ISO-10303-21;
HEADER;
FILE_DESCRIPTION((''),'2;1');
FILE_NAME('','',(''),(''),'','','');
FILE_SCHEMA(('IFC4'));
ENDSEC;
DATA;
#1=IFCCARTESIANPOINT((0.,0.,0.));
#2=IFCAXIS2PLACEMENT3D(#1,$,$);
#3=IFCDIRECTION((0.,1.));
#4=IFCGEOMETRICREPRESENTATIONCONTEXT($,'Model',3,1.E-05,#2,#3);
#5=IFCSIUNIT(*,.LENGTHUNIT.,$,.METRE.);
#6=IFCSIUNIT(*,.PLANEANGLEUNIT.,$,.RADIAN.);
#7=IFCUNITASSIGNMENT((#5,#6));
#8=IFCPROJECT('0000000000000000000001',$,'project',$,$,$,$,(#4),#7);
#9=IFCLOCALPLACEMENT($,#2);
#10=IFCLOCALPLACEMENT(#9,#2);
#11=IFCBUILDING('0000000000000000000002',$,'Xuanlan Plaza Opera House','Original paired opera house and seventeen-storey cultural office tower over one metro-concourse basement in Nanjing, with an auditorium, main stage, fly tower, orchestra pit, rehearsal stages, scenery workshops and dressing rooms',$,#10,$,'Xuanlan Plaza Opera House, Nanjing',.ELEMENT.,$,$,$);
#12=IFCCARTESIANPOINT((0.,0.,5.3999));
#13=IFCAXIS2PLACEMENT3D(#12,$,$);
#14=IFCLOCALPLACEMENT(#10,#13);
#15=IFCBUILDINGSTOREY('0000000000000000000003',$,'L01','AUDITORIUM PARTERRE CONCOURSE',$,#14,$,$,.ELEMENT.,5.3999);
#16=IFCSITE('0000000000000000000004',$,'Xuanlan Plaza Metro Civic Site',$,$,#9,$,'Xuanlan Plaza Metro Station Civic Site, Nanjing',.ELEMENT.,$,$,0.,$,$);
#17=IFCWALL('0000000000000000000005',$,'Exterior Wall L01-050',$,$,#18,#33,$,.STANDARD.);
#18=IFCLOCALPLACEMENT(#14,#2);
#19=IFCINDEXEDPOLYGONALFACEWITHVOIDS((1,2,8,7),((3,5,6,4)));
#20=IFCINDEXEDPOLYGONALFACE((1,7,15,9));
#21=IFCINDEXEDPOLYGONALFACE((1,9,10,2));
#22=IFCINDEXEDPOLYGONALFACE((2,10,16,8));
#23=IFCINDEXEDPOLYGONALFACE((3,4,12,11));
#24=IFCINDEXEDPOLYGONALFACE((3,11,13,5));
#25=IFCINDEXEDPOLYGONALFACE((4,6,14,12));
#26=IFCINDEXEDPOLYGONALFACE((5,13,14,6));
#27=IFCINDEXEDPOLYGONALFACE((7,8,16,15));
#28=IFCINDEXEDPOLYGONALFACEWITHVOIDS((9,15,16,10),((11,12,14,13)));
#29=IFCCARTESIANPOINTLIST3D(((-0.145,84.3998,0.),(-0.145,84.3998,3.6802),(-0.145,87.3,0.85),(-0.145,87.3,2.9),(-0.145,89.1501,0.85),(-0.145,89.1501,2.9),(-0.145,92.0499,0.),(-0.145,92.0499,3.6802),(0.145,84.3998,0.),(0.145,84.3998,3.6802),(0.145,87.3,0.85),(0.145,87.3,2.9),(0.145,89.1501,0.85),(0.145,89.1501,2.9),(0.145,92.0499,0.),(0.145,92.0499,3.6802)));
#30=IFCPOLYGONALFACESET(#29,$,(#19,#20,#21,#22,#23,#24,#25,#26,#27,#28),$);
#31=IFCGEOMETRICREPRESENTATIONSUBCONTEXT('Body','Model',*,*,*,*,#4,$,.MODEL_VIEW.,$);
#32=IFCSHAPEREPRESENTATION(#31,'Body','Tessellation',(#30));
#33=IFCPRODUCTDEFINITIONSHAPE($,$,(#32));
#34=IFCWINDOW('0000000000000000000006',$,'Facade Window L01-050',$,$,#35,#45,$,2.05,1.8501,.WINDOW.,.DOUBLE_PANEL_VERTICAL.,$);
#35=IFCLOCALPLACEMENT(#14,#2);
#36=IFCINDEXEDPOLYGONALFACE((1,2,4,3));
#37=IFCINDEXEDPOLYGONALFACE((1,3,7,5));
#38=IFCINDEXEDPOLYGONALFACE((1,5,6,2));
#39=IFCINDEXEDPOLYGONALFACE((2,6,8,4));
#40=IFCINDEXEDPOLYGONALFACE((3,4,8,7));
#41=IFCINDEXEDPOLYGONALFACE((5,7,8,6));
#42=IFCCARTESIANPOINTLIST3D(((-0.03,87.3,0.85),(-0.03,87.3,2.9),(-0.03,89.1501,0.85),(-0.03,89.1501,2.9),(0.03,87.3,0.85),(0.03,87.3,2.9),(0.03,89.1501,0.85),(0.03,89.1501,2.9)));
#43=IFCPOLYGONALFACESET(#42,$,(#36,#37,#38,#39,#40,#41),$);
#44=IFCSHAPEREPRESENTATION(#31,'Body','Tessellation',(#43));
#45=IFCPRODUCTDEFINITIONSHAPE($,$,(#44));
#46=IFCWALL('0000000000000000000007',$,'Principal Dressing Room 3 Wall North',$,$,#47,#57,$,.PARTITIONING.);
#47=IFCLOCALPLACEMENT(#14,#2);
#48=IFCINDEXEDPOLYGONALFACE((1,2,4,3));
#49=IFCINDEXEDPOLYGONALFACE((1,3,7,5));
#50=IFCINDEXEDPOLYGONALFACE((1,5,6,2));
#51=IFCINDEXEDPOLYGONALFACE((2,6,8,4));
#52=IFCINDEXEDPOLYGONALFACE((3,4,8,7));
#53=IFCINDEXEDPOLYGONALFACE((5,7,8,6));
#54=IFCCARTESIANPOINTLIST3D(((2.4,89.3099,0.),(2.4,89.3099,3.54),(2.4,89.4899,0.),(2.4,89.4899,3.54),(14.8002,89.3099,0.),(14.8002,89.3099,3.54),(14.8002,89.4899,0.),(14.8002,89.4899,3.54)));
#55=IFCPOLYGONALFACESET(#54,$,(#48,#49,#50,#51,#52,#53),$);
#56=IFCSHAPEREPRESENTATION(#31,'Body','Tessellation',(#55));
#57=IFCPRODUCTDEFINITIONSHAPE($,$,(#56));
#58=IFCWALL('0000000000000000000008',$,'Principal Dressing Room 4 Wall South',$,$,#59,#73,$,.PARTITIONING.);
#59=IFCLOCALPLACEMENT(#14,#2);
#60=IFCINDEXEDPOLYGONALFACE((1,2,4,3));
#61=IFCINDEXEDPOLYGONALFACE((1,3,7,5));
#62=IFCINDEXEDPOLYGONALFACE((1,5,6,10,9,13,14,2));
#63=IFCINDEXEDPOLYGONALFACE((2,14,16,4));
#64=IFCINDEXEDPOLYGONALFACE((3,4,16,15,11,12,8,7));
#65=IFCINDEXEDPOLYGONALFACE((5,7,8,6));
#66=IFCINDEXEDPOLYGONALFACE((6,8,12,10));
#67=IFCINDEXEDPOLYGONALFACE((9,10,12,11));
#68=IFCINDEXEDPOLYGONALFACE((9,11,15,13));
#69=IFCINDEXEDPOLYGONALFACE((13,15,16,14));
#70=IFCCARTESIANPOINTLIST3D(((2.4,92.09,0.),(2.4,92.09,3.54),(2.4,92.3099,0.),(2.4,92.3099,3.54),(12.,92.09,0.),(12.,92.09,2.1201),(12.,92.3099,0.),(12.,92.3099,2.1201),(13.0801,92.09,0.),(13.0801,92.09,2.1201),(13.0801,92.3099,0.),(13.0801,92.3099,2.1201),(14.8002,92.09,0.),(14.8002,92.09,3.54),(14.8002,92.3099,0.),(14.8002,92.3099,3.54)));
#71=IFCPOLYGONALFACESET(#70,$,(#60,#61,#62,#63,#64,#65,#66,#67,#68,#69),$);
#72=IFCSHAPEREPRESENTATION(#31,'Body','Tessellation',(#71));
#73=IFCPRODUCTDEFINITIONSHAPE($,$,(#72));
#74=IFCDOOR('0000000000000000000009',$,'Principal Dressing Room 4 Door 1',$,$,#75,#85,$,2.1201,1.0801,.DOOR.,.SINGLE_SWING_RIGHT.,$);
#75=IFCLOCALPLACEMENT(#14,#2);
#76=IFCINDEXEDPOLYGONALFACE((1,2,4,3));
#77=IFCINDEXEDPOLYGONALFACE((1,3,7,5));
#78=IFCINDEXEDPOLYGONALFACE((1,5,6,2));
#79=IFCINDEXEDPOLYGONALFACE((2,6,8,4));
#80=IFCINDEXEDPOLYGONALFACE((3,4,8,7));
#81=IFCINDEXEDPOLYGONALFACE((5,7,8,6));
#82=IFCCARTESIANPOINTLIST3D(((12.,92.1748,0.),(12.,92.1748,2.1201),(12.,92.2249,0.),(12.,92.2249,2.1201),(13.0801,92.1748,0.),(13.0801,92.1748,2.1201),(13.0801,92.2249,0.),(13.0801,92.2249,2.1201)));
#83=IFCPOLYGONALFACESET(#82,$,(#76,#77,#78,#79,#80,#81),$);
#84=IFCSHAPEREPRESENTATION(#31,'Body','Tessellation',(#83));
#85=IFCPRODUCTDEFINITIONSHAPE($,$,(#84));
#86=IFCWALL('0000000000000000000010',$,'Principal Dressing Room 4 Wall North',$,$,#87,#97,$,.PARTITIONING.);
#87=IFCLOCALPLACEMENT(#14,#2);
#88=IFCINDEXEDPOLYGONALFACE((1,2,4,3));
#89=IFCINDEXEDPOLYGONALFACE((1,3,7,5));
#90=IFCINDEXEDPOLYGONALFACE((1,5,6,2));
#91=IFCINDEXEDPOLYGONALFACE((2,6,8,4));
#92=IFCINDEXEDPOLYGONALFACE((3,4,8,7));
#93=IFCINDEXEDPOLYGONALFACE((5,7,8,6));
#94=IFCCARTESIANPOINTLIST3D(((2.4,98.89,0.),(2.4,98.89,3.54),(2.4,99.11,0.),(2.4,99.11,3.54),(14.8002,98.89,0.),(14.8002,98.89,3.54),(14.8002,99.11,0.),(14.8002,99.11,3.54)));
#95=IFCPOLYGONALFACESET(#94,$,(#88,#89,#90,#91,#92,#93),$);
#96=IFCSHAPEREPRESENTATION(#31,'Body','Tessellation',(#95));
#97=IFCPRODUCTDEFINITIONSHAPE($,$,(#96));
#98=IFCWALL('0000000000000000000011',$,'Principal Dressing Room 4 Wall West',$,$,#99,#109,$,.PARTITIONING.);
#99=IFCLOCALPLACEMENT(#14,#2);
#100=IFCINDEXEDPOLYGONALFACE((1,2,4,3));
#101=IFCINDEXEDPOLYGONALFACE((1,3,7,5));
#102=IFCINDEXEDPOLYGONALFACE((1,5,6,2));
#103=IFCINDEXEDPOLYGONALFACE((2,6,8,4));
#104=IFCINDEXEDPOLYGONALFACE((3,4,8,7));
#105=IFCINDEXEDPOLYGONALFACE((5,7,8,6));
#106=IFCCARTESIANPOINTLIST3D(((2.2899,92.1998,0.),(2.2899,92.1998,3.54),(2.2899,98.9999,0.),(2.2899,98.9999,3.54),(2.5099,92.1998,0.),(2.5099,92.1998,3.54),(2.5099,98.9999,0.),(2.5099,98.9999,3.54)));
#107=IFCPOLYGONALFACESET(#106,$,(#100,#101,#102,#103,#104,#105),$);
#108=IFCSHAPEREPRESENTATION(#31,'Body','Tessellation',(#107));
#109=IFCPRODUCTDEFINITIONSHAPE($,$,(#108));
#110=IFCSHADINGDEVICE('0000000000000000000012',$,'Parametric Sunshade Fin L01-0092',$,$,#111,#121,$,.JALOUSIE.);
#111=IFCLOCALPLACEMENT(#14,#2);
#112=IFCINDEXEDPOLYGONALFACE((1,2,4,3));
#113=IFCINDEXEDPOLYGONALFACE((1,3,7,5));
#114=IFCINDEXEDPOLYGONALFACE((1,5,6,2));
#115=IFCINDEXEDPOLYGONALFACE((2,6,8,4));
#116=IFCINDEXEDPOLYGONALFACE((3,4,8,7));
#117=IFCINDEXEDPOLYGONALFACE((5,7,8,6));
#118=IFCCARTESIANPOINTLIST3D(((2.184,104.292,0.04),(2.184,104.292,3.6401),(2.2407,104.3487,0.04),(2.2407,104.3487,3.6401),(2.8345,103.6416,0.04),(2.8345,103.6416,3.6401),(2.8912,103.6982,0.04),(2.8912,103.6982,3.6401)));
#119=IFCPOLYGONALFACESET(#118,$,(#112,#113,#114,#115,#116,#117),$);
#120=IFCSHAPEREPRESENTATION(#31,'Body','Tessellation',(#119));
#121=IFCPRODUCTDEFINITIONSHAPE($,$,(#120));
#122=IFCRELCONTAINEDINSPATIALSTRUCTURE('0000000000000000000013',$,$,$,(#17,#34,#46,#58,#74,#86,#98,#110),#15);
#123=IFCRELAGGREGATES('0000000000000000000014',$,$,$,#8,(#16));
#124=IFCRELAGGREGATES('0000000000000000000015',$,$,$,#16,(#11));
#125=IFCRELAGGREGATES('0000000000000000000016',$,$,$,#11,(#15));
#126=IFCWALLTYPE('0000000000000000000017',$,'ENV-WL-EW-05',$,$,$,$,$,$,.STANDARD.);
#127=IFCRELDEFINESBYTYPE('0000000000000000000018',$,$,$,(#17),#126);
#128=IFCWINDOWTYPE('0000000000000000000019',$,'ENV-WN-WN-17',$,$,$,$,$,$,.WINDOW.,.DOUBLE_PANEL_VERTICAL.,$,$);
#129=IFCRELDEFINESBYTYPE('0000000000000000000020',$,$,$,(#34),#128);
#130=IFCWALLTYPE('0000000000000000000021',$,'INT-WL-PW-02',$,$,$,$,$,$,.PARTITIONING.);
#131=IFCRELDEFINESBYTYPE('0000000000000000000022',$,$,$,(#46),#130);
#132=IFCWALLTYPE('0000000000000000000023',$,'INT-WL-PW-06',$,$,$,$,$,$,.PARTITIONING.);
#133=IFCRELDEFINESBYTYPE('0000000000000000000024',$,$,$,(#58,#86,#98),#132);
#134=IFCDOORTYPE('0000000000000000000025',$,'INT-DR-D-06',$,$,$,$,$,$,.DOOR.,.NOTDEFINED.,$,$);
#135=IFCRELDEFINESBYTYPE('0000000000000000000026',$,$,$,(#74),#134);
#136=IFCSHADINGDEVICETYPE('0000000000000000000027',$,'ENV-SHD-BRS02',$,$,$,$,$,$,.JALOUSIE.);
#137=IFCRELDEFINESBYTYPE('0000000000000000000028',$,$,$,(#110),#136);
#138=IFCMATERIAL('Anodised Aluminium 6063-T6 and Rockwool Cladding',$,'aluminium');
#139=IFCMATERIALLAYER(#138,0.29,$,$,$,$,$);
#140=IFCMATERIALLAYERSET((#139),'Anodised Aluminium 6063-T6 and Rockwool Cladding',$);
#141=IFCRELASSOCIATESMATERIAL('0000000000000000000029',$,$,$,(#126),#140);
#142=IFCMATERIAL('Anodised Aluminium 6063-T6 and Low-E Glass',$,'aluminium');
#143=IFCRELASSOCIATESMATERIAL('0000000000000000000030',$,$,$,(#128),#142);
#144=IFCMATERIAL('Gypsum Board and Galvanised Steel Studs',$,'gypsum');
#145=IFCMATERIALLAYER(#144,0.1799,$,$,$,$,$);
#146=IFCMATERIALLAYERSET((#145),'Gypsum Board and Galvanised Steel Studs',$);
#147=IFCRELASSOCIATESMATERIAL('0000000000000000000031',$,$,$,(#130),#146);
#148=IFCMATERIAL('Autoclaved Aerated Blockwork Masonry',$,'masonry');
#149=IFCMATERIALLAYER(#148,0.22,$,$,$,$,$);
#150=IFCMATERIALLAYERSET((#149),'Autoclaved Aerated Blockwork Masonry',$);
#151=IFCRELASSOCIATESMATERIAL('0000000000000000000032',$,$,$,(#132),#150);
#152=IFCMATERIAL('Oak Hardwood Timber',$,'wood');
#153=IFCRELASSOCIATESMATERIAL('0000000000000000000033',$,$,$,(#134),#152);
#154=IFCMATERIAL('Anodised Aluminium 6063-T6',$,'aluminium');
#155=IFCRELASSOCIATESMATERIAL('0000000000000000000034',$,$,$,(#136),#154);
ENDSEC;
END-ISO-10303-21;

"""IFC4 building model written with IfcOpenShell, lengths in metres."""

from ifc_helpers import new_model, si_unit, direction, frame, frame_2d, origin, origin_2d, place, context, subcontext, project, spatial, rectangle, extrude, material, layer, layer_set, type_object, element, fill, save


model = new_model("IFC4")

# Units and contexts
model_context = context("Model", 3, precision=1e-05, world=origin(), true_north=direction((0.0, 1.0)))
body_context = subcontext(model_context, "Body", "Model", "MODEL_VIEW")
ifc_project = project(units=[si_unit("LENGTHUNIT", "METRE"), si_unit("PLANEANGLEUNIT", "RADIAN")], contexts=[model_context])

# Site, building, storey
site_placement = place(None, origin())
site = spatial("IfcSite", under=ifc_project, at=site_placement, Name="Xuanlan Plaza Metro Civic Site", LongName="Xuanlan Plaza Metro Station Civic Site, Nanjing", CompositionType="ELEMENT", RefElevation=0.0)
building_placement = place(site_placement, origin())
building = spatial("IfcBuilding", under=site, at=building_placement, Name="Xuanlan Plaza Opera House", Description="Original paired opera house and seventeen-storey cultural office tower over one metro-concourse basement in Nanjing, with an auditorium, main stage, fly tower, orchestra pit, rehearsal stages, scenery workshops and dressing rooms", LongName="Xuanlan Plaza Opera House, Nanjing", CompositionType="ELEMENT")
storey_placement = place(building_placement, frame((0.0, 0.0, 5.3999)))
storey = spatial("IfcBuildingStorey", under=building, at=storey_placement, Name="L01", Description="AUDITORIUM PARTERRE CONCOURSE", CompositionType="ELEMENT", Elevation=5.3999)

# Shared definitions
ifc_material_1 = material(Name="Anodised Aluminium 6063-T6 and Low-E Glass", Category="aluminium")
ifc_material_2 = material(Name="Anodised Aluminium 6063-T6", Category="aluminium")

# Wall, opening, window
ifc_material_3 = material(Name="Anodised Aluminium 6063-T6 and Rockwool Cladding", Category="aluminium")
ifc_layer_1 = layer(ifc_material_3, 0.29)
ifc_layer_set_1 = layer_set([ifc_layer_1], Name="Anodised Aluminium 6063-T6 and Rockwool Cladding")
wall_type_1 = type_object("IfcWallType", Name="ENV-WL-EW-05", PredefinedType="STANDARD", material=ifc_layer_set_1)
wall_1_placement = place(storey_placement, frame((0.0, 92.05, 0.0), z_axis=(0.0, 0.0, 1.0), x_axis=(0.0, -1.0, 0.0)))
wall_1 = element("IfcWall", 1, at=wall_1_placement, inside=storey, type_object=wall_type_1, Name="Exterior Wall L01-050", PredefinedType="STANDARD", context=body_context, shape_type="SweptSolid", body=[
    extrude(rectangle(XDim=7.6501, YDim=0.29, at=frame_2d((3.8252, 0.0))), origin(), (0.0, 0.0, 1.0), 3.6802),
])
opening_1_placement = place(wall_1_placement, frame((2.8999, 0.0, 0.8501)))
opening_1 = element("IfcOpeningElement", 2, at=opening_1_placement, cuts=wall_1, PredefinedType="OPENING", context=body_context, shape_type="SweptSolid", body=[
    extrude(rectangle(XDim=1.8501, YDim=2.05, at=frame_2d((0.925, 1.0249))), frame((0.0, 0.155, 0.0), z_axis=(0.0, -1.0, 0.0), x_axis=(1.0, 0.0, 0.0)), (0.0, 0.0, 1.0), 0.3101),
])
window_type_1 = type_object("IfcWindowType", Name="ENV-WN-WN-17", PartitioningType="DOUBLE_PANEL_VERTICAL", PredefinedType="WINDOW", material=ifc_material_1)
window_1_placement = place(opening_1_placement, origin())
window_1 = element("IfcWindow", 3, at=window_1_placement, inside=storey, type_object=window_type_1, Name="Facade Window L01-050", OverallHeight=2.05, OverallWidth=1.8501, PartitioningType="DOUBLE_PANEL_VERTICAL", PredefinedType="WINDOW", context=body_context, shape_type="SweptSolid", body=[
    extrude(rectangle(XDim=1.8501, YDim=2.05, at=frame_2d((0.925, 1.0249))), frame((0.0, 0.03, 0.0), z_axis=(0.0, -1.0, 0.0), x_axis=(1.0, 0.0, 0.0)), (0.0, 0.0, 1.0), 0.0601),
])
fill(opening_1, window_1)

# Wall
ifc_material_4 = material(Name="Gypsum Board and Galvanised Steel Studs", Category="gypsum")
ifc_layer_2 = layer(ifc_material_4, 0.1799)
ifc_layer_set_2 = layer_set([ifc_layer_2], Name="Gypsum Board and Galvanised Steel Studs")
wall_type_2 = type_object("IfcWallType", Name="INT-WL-PW-02", PredefinedType="PARTITIONING", material=ifc_layer_set_2)
wall_2_placement = place(storey_placement, frame((2.3999, 89.3999, 0.0), z_axis=(0.0, 0.0, 1.0), x_axis=(1.0, 0.0, 0.0)))
element("IfcWall", 4, at=wall_2_placement, inside=storey, type_object=wall_type_2, Name="Principal Dressing Room 3 Wall North", PredefinedType="PARTITIONING", context=body_context, shape_type="SweptSolid", body=[
    extrude(rectangle(XDim=12.4001, YDim=0.1799, at=frame_2d((6.2002, 0.0))), origin(), (0.0, 0.0, 1.0), 3.54),
])

# Wall, opening, door
ifc_material_5 = material(Name="Autoclaved Aerated Blockwork Masonry", Category="masonry")
ifc_layer_3 = layer(ifc_material_5, 0.22)
ifc_layer_set_3 = layer_set([ifc_layer_3], Name="Autoclaved Aerated Blockwork Masonry")
wall_type_3 = type_object("IfcWallType", Name="INT-WL-PW-06", PredefinedType="PARTITIONING", material=ifc_layer_set_3)
wall_3_placement = place(storey_placement, frame((2.3999, 92.2, 0.0), z_axis=(0.0, 0.0, 1.0), x_axis=(1.0, 0.0, 0.0)))
wall_3 = element("IfcWall", 5, at=wall_3_placement, inside=storey, type_object=wall_type_3, Name="Principal Dressing Room 4 Wall South", PredefinedType="PARTITIONING", context=body_context, shape_type="SweptSolid", body=[
    extrude(rectangle(XDim=12.4001, YDim=0.22, at=frame_2d((6.2002, 0.0))), origin(), (0.0, 0.0, 1.0), 3.54),
])
opening_2_placement = place(wall_3_placement, frame((9.6001, 0.0, 0.0)))
opening_2 = element("IfcOpeningElement", 6, at=opening_2_placement, cuts=wall_3, PredefinedType="OPENING", context=body_context, shape_type="SweptSolid", body=[
    extrude(rectangle(XDim=1.0801, YDim=2.1201, at=frame_2d((0.54, 1.0601))), frame((0.0, 0.1199, 0.0), z_axis=(0.0, -1.0, 0.0), x_axis=(1.0, 0.0, 0.0)), (0.0, 0.0, 1.0), 0.24),
])
ifc_material_6 = material(Name="Oak Hardwood Timber", Category="wood")
door_type = type_object("IfcDoorType", Name="INT-DR-D-06", OperationType="NOTDEFINED", PredefinedType="DOOR", material=ifc_material_6)
door_placement = place(opening_2_placement, origin())
door = element("IfcDoor", 7, at=door_placement, inside=storey, type_object=door_type, Name="Principal Dressing Room 4 Door 1", OperationType="SINGLE_SWING_RIGHT", OverallHeight=2.1201, OverallWidth=1.0801, PredefinedType="DOOR", context=body_context, shape_type="SweptSolid", body=[
    extrude(rectangle(XDim=1.0801, YDim=2.1201, at=frame_2d((0.54, 1.0601))), frame((0.0, 0.0249, 0.0), z_axis=(0.0, -1.0, 0.0), x_axis=(1.0, 0.0, 0.0)), (0.0, 0.0, 1.0), 0.05),
])
fill(opening_2, door)

# Walls
wall_4_placement = place(storey_placement, frame((2.3999, 99.0, 0.0), z_axis=(0.0, 0.0, 1.0), x_axis=(1.0, 0.0, 0.0)))
element("IfcWall", 8, at=wall_4_placement, inside=storey, type_object=wall_type_3, Name="Principal Dressing Room 4 Wall North", PredefinedType="PARTITIONING", context=body_context, shape_type="SweptSolid", body=[
    extrude(rectangle(XDim=12.4001, YDim=0.22, at=frame_2d((6.2002, 0.0))), origin(), (0.0, 0.0, 1.0), 3.54),
])
wall_5_placement = place(storey_placement, frame((2.3999, 92.2, 0.0), z_axis=(0.0, 0.0, 1.0), x_axis=(0.0, 1.0, 0.0)))
element("IfcWall", 9, at=wall_5_placement, inside=storey, type_object=wall_type_3, Name="Principal Dressing Room 4 Wall West", PredefinedType="PARTITIONING", context=body_context, shape_type="SweptSolid", body=[
    extrude(rectangle(XDim=6.8, YDim=0.22, at=frame_2d((3.3999, 0.0))), origin(), (0.0, 0.0, 1.0), 3.54),
])

# Shading device
shading_device_type = type_object("IfcShadingDeviceType", Name="ENV-SHD-BRS02", PredefinedType="JALOUSIE", material=ifc_material_2)
shading_device_placement = place(storey_placement, frame((2.5376, 103.9951, 0.04), z_axis=(0.0, 0.0, 1.0), x_axis=(-0.707107, 0.707107, 0.0)))
element("IfcShadingDevice", 10, at=shading_device_placement, inside=storey, type_object=shading_device_type, Name="Parametric Sunshade Fin L01-0092", PredefinedType="JALOUSIE", context=body_context, shape_type="SweptSolid", body=[
    extrude(rectangle(XDim=0.9199, YDim=0.0801, at=origin_2d()), origin(), (0.0, 0.0, 1.0), 3.6001),
])

save(model, "model.ifc")
